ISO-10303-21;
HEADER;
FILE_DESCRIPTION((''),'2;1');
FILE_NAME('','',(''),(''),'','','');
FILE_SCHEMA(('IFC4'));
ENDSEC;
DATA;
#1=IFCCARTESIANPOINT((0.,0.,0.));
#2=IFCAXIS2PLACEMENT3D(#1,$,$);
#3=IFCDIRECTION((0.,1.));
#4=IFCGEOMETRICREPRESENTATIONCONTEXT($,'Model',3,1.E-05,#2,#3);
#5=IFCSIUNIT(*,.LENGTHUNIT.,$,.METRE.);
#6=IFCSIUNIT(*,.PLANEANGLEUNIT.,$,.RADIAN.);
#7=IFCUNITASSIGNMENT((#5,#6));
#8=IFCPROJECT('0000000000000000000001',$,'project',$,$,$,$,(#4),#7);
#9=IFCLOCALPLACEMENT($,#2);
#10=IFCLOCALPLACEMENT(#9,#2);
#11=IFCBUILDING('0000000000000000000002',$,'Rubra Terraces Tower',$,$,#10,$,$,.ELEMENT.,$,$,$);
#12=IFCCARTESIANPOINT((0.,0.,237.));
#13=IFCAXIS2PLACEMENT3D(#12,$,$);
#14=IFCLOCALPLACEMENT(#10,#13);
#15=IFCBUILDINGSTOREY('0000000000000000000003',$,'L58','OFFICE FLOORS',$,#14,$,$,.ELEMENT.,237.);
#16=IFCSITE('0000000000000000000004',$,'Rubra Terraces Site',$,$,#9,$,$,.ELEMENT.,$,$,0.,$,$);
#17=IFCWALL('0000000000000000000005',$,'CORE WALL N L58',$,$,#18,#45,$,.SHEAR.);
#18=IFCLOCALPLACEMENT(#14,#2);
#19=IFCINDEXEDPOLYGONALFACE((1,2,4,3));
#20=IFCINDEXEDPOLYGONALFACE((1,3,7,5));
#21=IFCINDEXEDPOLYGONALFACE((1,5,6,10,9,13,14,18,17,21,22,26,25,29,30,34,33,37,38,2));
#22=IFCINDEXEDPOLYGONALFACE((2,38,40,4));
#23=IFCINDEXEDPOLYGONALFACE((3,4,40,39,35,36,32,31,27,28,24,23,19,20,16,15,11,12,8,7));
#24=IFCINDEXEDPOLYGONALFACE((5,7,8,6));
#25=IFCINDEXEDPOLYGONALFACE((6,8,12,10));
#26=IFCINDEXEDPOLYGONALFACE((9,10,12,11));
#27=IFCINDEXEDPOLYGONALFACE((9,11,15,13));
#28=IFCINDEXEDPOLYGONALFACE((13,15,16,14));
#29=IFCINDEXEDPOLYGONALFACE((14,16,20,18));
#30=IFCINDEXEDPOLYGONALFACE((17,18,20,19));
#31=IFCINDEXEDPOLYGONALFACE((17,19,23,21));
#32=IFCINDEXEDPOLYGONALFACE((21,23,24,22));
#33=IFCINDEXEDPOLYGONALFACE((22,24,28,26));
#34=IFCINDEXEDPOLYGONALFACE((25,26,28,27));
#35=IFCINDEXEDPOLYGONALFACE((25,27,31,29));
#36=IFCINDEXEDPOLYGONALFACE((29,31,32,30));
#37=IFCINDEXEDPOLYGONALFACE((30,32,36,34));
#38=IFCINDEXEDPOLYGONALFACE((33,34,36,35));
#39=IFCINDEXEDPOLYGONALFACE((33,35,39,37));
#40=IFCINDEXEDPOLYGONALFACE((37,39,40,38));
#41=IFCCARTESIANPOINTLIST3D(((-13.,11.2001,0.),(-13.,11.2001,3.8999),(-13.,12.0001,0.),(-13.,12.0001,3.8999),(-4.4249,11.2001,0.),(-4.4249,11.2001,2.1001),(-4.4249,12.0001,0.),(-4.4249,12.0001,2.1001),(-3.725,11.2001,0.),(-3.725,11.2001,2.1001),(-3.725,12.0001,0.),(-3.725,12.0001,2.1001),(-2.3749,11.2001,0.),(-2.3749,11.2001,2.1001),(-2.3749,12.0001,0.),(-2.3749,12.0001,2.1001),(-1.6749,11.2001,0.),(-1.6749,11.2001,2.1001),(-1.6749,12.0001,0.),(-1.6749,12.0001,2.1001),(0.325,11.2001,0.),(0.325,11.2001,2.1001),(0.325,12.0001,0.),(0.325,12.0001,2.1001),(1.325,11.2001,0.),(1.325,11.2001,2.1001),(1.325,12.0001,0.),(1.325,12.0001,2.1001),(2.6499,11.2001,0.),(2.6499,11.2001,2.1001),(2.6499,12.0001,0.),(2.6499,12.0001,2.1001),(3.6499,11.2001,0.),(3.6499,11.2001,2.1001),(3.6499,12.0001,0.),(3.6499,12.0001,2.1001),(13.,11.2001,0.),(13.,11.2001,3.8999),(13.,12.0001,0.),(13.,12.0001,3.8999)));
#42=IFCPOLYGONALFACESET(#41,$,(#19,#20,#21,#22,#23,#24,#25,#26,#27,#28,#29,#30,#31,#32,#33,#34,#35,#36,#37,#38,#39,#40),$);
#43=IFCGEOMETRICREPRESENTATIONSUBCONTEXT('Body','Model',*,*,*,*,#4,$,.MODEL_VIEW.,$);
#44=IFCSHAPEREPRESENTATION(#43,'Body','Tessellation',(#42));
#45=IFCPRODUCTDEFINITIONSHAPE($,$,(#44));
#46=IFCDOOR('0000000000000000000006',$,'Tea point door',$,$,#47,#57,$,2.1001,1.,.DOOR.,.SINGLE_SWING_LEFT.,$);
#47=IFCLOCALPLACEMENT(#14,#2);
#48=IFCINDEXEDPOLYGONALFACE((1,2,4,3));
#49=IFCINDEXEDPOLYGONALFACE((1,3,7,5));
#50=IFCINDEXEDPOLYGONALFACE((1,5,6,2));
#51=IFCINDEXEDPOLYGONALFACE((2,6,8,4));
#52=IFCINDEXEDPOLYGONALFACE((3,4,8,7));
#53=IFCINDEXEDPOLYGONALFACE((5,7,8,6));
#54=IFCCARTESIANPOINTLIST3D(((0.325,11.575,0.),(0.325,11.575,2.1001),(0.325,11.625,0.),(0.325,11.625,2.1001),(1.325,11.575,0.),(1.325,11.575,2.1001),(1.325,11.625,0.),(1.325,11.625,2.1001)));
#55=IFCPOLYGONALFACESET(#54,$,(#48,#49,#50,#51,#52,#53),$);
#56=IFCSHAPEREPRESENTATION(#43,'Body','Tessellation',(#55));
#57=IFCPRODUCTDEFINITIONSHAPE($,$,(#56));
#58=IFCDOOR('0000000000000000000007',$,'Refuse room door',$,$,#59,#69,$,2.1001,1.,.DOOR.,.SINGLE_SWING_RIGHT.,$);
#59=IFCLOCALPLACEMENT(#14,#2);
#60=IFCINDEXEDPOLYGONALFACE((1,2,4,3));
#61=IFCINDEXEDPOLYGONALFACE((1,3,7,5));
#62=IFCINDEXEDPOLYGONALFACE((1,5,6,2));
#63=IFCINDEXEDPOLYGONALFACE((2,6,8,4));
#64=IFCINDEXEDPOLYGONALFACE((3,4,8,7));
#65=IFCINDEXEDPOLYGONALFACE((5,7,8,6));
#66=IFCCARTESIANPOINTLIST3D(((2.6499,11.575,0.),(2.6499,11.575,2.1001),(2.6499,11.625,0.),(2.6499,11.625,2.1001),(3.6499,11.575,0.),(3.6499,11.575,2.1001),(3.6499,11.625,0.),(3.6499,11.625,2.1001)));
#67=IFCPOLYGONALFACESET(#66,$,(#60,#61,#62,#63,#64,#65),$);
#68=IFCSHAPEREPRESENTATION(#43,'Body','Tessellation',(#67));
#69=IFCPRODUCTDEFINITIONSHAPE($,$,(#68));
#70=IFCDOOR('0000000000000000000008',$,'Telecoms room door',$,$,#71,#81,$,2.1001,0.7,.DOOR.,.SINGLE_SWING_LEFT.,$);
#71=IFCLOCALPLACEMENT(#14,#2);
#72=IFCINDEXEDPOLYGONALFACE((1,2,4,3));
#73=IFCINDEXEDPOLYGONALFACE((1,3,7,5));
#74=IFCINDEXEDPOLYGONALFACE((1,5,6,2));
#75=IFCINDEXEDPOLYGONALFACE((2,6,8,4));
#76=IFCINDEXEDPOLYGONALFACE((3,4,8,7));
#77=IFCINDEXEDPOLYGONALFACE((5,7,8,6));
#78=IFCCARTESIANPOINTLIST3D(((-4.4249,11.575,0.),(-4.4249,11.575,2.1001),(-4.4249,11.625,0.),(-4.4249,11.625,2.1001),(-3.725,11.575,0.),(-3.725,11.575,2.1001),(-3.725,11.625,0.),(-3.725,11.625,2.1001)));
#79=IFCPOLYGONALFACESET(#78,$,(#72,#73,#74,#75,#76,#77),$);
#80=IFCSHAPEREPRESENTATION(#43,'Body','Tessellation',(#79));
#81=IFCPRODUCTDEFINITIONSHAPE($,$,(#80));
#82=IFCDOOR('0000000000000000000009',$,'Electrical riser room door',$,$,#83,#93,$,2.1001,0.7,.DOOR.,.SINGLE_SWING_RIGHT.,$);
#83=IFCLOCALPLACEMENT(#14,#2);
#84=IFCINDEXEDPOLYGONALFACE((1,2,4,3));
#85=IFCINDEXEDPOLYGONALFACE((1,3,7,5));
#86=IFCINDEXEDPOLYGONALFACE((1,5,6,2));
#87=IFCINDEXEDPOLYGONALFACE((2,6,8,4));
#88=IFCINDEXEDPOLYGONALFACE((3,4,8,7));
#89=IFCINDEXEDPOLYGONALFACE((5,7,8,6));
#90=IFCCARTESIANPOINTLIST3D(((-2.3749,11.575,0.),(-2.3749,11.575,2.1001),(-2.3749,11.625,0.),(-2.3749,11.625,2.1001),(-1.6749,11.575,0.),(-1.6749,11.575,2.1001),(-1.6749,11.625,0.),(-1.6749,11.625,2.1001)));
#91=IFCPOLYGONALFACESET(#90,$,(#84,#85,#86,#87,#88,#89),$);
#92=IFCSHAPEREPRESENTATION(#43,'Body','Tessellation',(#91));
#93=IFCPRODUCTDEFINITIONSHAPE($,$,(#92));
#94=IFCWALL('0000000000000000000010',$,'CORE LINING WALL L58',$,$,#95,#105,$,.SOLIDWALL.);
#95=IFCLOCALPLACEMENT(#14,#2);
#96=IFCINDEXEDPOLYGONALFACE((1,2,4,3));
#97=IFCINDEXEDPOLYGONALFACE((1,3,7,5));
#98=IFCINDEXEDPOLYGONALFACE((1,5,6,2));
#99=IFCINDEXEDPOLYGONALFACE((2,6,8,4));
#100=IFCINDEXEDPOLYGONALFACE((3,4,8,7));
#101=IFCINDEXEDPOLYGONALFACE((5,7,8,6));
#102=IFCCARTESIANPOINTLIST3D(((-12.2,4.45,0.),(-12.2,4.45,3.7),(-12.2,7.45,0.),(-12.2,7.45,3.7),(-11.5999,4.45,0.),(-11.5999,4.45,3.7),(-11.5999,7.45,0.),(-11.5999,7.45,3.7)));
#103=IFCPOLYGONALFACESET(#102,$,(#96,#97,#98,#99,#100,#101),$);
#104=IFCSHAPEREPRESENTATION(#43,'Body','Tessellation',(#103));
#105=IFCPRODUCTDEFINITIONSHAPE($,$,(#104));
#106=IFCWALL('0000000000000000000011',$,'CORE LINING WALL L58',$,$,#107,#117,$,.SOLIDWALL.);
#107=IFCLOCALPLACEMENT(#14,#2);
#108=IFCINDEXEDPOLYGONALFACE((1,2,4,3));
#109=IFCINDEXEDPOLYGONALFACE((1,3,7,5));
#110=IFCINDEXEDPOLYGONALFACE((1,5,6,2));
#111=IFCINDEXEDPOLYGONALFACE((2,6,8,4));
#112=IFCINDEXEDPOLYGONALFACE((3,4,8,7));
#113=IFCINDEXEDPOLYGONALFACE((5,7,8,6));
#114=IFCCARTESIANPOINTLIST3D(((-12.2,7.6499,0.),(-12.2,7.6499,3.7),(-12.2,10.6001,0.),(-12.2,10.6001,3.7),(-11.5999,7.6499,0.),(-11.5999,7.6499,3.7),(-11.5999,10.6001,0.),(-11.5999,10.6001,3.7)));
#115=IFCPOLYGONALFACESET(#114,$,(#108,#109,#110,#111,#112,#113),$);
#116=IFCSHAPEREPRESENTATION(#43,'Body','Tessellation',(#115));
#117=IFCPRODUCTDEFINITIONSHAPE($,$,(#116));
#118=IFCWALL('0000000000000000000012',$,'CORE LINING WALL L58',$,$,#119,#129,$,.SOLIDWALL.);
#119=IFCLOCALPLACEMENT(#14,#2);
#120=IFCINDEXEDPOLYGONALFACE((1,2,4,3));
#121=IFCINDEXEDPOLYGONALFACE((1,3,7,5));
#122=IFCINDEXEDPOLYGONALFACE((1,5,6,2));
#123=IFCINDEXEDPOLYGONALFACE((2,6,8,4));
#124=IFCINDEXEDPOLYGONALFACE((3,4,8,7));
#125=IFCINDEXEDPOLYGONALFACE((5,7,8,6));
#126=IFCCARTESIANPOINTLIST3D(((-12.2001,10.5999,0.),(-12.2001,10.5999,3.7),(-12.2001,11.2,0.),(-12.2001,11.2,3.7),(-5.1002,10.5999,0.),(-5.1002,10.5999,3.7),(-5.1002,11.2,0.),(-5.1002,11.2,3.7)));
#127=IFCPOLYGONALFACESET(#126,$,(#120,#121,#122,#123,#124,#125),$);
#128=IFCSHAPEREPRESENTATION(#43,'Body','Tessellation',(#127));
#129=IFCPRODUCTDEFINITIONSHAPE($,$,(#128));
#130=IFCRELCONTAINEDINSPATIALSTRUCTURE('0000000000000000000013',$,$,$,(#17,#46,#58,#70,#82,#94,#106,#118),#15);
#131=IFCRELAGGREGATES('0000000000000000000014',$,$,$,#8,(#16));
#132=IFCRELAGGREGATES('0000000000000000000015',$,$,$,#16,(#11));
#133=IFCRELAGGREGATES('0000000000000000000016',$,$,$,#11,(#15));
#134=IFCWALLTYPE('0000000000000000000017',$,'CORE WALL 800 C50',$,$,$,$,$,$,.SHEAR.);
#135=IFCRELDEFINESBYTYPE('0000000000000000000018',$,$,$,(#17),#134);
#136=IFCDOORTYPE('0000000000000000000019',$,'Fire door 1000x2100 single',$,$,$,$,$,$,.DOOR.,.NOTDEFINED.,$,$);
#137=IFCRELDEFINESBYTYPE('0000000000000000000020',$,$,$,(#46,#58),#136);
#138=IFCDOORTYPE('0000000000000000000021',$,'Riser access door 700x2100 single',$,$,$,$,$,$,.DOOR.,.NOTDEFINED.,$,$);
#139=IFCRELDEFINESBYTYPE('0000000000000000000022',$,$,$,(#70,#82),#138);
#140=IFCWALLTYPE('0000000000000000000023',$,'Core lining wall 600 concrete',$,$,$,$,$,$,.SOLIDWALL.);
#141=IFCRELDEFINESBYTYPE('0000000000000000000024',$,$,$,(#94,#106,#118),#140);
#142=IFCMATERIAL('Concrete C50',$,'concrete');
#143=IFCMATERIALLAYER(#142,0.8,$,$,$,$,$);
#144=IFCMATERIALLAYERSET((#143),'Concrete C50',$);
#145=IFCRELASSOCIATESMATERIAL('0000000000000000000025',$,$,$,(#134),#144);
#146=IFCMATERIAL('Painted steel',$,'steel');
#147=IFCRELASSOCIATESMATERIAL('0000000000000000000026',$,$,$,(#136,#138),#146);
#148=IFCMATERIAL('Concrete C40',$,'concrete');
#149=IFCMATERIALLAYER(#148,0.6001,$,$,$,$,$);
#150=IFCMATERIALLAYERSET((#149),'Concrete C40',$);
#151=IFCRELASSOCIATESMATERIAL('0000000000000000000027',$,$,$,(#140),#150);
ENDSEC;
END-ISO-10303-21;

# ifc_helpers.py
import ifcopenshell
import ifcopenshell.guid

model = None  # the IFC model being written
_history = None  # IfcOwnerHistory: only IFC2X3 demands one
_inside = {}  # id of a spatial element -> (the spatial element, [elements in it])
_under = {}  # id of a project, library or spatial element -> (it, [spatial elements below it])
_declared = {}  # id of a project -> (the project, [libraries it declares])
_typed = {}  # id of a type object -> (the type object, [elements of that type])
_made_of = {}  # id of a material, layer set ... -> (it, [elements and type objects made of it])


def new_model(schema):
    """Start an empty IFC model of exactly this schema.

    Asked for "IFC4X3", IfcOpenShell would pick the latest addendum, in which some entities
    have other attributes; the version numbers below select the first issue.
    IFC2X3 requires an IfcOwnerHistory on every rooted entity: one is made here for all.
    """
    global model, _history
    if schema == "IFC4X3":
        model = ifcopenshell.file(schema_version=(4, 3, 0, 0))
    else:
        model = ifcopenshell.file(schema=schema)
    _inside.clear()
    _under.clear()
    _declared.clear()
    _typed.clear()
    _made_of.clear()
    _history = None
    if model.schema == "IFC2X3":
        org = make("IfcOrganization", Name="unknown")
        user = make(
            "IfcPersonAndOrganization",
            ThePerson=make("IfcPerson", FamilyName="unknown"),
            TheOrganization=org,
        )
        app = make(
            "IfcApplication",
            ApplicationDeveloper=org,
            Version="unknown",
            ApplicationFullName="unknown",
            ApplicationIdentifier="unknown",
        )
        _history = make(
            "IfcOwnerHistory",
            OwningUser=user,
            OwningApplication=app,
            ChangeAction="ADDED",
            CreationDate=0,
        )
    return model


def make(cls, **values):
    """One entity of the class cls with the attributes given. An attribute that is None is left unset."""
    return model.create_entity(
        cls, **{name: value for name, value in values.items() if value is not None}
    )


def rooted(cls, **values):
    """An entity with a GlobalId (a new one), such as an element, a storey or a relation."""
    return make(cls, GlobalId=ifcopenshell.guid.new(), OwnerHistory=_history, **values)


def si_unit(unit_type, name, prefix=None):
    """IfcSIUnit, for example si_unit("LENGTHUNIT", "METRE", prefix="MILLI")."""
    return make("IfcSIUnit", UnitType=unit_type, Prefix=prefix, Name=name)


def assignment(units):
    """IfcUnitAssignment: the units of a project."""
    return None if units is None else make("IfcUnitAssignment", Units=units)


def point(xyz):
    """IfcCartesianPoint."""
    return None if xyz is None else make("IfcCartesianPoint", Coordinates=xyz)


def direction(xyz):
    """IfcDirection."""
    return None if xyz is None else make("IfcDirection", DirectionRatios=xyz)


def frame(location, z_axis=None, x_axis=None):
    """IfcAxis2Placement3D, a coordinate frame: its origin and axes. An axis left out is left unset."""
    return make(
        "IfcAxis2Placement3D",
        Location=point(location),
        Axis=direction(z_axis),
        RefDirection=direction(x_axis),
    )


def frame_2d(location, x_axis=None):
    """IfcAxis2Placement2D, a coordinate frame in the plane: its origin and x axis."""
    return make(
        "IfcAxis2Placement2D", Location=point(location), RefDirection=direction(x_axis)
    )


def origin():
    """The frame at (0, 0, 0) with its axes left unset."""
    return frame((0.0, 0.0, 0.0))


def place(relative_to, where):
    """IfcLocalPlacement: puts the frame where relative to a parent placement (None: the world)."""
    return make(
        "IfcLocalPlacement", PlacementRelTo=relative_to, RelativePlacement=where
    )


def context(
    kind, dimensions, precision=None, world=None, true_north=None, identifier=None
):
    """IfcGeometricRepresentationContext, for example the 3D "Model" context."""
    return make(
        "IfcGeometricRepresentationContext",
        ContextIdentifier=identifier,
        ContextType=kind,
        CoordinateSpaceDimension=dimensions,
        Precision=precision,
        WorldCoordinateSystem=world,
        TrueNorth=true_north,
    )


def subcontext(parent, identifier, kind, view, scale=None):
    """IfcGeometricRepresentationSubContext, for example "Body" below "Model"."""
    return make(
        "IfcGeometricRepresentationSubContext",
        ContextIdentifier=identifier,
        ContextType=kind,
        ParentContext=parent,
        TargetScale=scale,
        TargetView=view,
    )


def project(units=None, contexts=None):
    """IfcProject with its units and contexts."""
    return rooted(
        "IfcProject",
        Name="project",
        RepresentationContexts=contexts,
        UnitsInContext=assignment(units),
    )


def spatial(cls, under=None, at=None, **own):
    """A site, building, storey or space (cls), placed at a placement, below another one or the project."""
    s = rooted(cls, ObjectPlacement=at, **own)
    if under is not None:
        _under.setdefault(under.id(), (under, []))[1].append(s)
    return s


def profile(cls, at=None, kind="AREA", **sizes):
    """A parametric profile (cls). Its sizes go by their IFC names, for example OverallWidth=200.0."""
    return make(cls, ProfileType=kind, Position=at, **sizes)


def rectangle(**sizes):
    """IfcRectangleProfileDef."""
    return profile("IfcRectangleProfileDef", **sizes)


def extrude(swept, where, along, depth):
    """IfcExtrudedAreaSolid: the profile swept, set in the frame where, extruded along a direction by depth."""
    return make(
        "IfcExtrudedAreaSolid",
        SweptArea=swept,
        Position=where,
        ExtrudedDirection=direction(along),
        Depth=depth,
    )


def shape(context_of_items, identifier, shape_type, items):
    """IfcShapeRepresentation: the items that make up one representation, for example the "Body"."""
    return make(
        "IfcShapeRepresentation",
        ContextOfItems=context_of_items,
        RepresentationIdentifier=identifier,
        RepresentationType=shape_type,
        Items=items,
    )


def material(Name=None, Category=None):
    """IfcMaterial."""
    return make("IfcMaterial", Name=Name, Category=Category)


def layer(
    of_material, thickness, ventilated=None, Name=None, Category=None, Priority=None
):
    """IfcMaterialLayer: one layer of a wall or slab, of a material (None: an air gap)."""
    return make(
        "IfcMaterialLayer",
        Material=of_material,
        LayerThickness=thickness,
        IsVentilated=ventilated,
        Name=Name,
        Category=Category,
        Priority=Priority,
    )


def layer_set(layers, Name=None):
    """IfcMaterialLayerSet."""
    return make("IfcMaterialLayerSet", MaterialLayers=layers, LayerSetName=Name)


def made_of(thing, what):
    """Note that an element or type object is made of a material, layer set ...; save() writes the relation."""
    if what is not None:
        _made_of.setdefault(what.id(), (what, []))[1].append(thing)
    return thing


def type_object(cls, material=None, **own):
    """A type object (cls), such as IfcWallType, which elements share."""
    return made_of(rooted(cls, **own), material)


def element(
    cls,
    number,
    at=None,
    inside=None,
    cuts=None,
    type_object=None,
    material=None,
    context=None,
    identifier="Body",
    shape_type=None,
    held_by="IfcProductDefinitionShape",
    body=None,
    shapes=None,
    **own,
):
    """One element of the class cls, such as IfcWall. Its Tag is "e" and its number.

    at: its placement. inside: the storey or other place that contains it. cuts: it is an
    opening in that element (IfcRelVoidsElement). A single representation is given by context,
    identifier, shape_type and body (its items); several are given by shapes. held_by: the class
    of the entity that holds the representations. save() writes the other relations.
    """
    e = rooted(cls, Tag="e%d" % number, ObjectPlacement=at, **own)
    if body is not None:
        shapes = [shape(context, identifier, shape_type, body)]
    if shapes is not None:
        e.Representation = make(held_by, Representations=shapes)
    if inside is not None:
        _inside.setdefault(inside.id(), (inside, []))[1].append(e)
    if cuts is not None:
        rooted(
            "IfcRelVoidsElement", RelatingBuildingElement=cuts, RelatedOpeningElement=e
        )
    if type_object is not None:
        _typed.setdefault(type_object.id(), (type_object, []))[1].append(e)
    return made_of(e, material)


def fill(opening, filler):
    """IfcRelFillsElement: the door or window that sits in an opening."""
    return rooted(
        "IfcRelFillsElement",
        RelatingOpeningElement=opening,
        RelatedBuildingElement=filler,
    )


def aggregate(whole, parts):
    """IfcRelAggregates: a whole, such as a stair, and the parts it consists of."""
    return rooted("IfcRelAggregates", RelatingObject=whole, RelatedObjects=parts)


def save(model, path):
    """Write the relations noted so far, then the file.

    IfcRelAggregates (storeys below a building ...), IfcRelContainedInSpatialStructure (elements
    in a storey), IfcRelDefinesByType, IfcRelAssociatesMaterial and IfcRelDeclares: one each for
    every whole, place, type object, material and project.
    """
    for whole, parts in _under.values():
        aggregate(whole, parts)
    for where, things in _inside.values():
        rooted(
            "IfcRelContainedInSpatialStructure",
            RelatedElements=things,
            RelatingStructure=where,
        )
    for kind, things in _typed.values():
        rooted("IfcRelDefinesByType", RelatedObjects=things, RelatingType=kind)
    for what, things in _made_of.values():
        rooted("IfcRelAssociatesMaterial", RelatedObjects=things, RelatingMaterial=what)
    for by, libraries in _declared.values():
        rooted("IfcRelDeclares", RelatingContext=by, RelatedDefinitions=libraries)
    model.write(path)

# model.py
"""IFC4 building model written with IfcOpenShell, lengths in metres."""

from ifc_helpers import new_model, si_unit, direction, frame, frame_2d, origin, place, context, subcontext, project, spatial, rectangle, extrude, material, layer, layer_set, type_object, element, fill, save


model = new_model("IFC4")

# Units and contexts
model_context = context("Model", 3, precision=1e-05, world=origin(), true_north=direction((0.0, 1.0)))
body_context = subcontext(model_context, "Body", "Model", "MODEL_VIEW")
ifc_project = project(units=[si_unit("LENGTHUNIT", "METRE"), si_unit("PLANEANGLEUNIT", "RADIAN")], contexts=[model_context])

# Site, building, storey
site_placement = place(None, origin())
site = spatial("IfcSite", under=ifc_project, at=site_placement, Name="Rubra Terraces Site", CompositionType="ELEMENT", RefElevation=0.0)
building_placement = place(site_placement, origin())
building = spatial("IfcBuilding", under=site, at=building_placement, Name="Rubra Terraces Tower", CompositionType="ELEMENT")
storey_placement = place(building_placement, frame((0.0, 0.0, 237.0)))
storey = spatial("IfcBuildingStorey", under=building, at=storey_placement, Name="L58", Description="OFFICE FLOORS", CompositionType="ELEMENT", Elevation=237.0)

# Wall, openings, doors
ifc_material_1 = material(Name="Concrete C50", Category="concrete")
ifc_layer_1 = layer(ifc_material_1, 0.8)
ifc_layer_set_1 = layer_set([ifc_layer_1], Name="Concrete C50")
wall_type_1 = type_object("IfcWallType", Name="CORE WALL 800 C50", PredefinedType="SHEAR", material=ifc_layer_set_1)
wall_1_placement = place(storey_placement, frame((-13.0, 11.6001, 0.0), z_axis=(0.0, 0.0, 1.0), x_axis=(1.0, 0.0, 0.0)))
wall_1 = element("IfcWall", 1, at=wall_1_placement, inside=storey, type_object=wall_type_1, Name="CORE WALL N L58", PredefinedType="SHEAR", context=body_context, shape_type="SweptSolid", body=[
    extrude(rectangle(XDim=26.0, YDim=0.8, at=frame_2d((13.0, 0.0))), origin(), (0.0, 0.0, 1.0), 3.8999),
])
opening_1_placement = place(wall_1_placement, frame((8.575, 0.0, 0.0)))
opening_1 = element("IfcOpeningElement", 2, at=opening_1_placement, cuts=wall_1, PredefinedType="OPENING", context=body_context, shape_type="SweptSolid", body=[
    extrude(rectangle(XDim=0.7, YDim=2.1001, at=frame_2d((0.3501, 1.05))), frame((0.0, 0.4099, 0.0), z_axis=(0.0, -1.0, 0.0), x_axis=(1.0, 0.0, 0.0)), (0.0, 0.0, 1.0), 0.8201),
])
opening_2_placement = place(wall_1_placement, frame((10.625, 0.0, 0.0)))
opening_2 = element("IfcOpeningElement", 3, at=opening_2_placement, cuts=wall_1, PredefinedType="OPENING", context=body_context, shape_type="SweptSolid", body=[
    extrude(rectangle(XDim=0.7, YDim=2.1001, at=frame_2d((0.3501, 1.05))), frame((0.0, 0.4099, 0.0), z_axis=(0.0, -1.0, 0.0), x_axis=(1.0, 0.0, 0.0)), (0.0, 0.0, 1.0), 0.8201),
])
opening_3_placement = place(wall_1_placement, frame((13.325, 0.0, 0.0)))
opening_3 = element("IfcOpeningElement", 4, at=opening_3_placement, cuts=wall_1, PredefinedType="OPENING", context=body_context, shape_type="SweptSolid", body=[
    extrude(rectangle(XDim=1.0, YDim=2.1001, at=frame_2d((0.5, 1.05))), frame((0.0, 0.4099, 0.0), z_axis=(0.0, -1.0, 0.0), x_axis=(1.0, 0.0, 0.0)), (0.0, 0.0, 1.0), 0.8201),
])
opening_4_placement = place(wall_1_placement, frame((15.6499, 0.0, 0.0)))
opening_4 = element("IfcOpeningElement", 5, at=opening_4_placement, cuts=wall_1, PredefinedType="OPENING", context=body_context, shape_type="SweptSolid", body=[
    extrude(rectangle(XDim=1.0, YDim=2.1001, at=frame_2d((0.5, 1.05))), frame((0.0, 0.4099, 0.0), z_axis=(0.0, -1.0, 0.0), x_axis=(1.0, 0.0, 0.0)), (0.0, 0.0, 1.0), 0.8201),
])
ifc_material_2 = material(Name="Painted steel", Category="steel")
door_type_1 = type_object("IfcDoorType", Name="Fire door 1000x2100 single", OperationType="NOTDEFINED", PredefinedType="DOOR", material=ifc_material_2)
door_1_placement = place(opening_3_placement, origin())
door_1 = element("IfcDoor", 6, at=door_1_placement, inside=storey, type_object=door_type_1, Name="Tea point door", OperationType="SINGLE_SWING_LEFT", OverallHeight=2.1001, OverallWidth=1.0, PredefinedType="DOOR", context=body_context, shape_type="SweptSolid", body=[
    extrude(rectangle(XDim=1.0, YDim=2.1001, at=frame_2d((0.5, 1.05))), frame((0.0, 0.0249, 0.0), z_axis=(0.0, -1.0, 0.0), x_axis=(1.0, 0.0, 0.0)), (0.0, 0.0, 1.0), 0.05),
])
fill(opening_3, door_1)
door_2_placement = place(opening_4_placement, origin())
door_2 = element("IfcDoor", 7, at=door_2_placement, inside=storey, type_object=door_type_1, Name="Refuse room door", OperationType="SINGLE_SWING_RIGHT", OverallHeight=2.1001, OverallWidth=1.0, PredefinedType="DOOR", context=body_context, shape_type="SweptSolid", body=[
    extrude(rectangle(XDim=1.0, YDim=2.1001, at=frame_2d((0.5, 1.05))), frame((0.0, 0.0249, 0.0), z_axis=(0.0, -1.0, 0.0), x_axis=(1.0, 0.0, 0.0)), (0.0, 0.0, 1.0), 0.05),
])
fill(opening_4, door_2)
door_type_2 = type_object("IfcDoorType", Name="Riser access door 700x2100 single", OperationType="NOTDEFINED", PredefinedType="DOOR", material=ifc_material_2)
door_3_placement = place(opening_1_placement, origin())
door_3 = element("IfcDoor", 8, at=door_3_placement, inside=storey, type_object=door_type_2, Name="Telecoms room door", OperationType="SINGLE_SWING_LEFT", OverallHeight=2.1001, OverallWidth=0.7, PredefinedType="DOOR", context=body_context, shape_type="SweptSolid", body=[
    extrude(rectangle(XDim=0.7, YDim=2.1001, at=frame_2d((0.3501, 1.05))), frame((0.0, 0.0249, 0.0), z_axis=(0.0, -1.0, 0.0), x_axis=(1.0, 0.0, 0.0)), (0.0, 0.0, 1.0), 0.05),
])
fill(opening_1, door_3)
door_4_placement = place(opening_2_placement, origin())
door_4 = element("IfcDoor", 9, at=door_4_placement, inside=storey, type_object=door_type_2, Name="Electrical riser room door", OperationType="SINGLE_SWING_RIGHT", OverallHeight=2.1001, OverallWidth=0.7, PredefinedType="DOOR", context=body_context, shape_type="SweptSolid", body=[
    extrude(rectangle(XDim=0.7, YDim=2.1001, at=frame_2d((0.3501, 1.05))), frame((0.0, 0.0249, 0.0), z_axis=(0.0, -1.0, 0.0), x_axis=(1.0, 0.0, 0.0)), (0.0, 0.0, 1.0), 0.05),
])
fill(opening_2, door_4)

# Walls
ifc_material_3 = material(Name="Concrete C40", Category="concrete")
ifc_layer_2 = layer(ifc_material_3, 0.6001)
ifc_layer_set_2 = layer_set([ifc_layer_2], Name="Concrete C40")
wall_type_2 = type_object("IfcWallType", Name="Core lining wall 600 concrete", PredefinedType="SOLIDWALL", material=ifc_layer_set_2)
wall_2_placement = place(storey_placement, frame((-11.8999, 4.45, 0.0), z_axis=(0.0, 0.0, 1.0), x_axis=(0.0, 1.0, 0.0)))
element("IfcWall", 10, at=wall_2_placement, inside=storey, type_object=wall_type_2, Name="CORE LINING WALL L58", PredefinedType="SOLIDWALL", context=body_context, shape_type="SweptSolid", body=[
    extrude(rectangle(XDim=3.0, YDim=0.6001, at=frame_2d((1.5, 0.0))), origin(), (0.0, 0.0, 1.0), 3.7),
])
wall_3_placement = place(storey_placement, frame((-11.8999, 7.6499, 0.0), z_axis=(0.0, 0.0, 1.0), x_axis=(0.0, 1.0, 0.0)))
element("IfcWall", 11, at=wall_3_placement, inside=storey, type_object=wall_type_2, Name="CORE LINING WALL L58", PredefinedType="SOLIDWALL", context=body_context, shape_type="SweptSolid", body=[
    extrude(rectangle(XDim=2.9502, YDim=0.6001, at=frame_2d((1.4751, 0.0))), origin(), (0.0, 0.0, 1.0), 3.7),
])
wall_4_placement = place(storey_placement, frame((-12.2, 10.8999, 0.0), z_axis=(0.0, 0.0, 1.0), x_axis=(1.0, 0.0, 0.0)))
element("IfcWall", 12, at=wall_4_placement, inside=storey, type_object=wall_type_2, Name="CORE LINING WALL L58", PredefinedType="SOLIDWALL", context=body_context, shape_type="SweptSolid", body=[
    extrude(rectangle(XDim=7.0999, YDim=0.6001, at=frame_2d((3.5498, 0.0))), origin(), (0.0, 0.0, 1.0), 3.7),
])

save(model, "model.ifc")
